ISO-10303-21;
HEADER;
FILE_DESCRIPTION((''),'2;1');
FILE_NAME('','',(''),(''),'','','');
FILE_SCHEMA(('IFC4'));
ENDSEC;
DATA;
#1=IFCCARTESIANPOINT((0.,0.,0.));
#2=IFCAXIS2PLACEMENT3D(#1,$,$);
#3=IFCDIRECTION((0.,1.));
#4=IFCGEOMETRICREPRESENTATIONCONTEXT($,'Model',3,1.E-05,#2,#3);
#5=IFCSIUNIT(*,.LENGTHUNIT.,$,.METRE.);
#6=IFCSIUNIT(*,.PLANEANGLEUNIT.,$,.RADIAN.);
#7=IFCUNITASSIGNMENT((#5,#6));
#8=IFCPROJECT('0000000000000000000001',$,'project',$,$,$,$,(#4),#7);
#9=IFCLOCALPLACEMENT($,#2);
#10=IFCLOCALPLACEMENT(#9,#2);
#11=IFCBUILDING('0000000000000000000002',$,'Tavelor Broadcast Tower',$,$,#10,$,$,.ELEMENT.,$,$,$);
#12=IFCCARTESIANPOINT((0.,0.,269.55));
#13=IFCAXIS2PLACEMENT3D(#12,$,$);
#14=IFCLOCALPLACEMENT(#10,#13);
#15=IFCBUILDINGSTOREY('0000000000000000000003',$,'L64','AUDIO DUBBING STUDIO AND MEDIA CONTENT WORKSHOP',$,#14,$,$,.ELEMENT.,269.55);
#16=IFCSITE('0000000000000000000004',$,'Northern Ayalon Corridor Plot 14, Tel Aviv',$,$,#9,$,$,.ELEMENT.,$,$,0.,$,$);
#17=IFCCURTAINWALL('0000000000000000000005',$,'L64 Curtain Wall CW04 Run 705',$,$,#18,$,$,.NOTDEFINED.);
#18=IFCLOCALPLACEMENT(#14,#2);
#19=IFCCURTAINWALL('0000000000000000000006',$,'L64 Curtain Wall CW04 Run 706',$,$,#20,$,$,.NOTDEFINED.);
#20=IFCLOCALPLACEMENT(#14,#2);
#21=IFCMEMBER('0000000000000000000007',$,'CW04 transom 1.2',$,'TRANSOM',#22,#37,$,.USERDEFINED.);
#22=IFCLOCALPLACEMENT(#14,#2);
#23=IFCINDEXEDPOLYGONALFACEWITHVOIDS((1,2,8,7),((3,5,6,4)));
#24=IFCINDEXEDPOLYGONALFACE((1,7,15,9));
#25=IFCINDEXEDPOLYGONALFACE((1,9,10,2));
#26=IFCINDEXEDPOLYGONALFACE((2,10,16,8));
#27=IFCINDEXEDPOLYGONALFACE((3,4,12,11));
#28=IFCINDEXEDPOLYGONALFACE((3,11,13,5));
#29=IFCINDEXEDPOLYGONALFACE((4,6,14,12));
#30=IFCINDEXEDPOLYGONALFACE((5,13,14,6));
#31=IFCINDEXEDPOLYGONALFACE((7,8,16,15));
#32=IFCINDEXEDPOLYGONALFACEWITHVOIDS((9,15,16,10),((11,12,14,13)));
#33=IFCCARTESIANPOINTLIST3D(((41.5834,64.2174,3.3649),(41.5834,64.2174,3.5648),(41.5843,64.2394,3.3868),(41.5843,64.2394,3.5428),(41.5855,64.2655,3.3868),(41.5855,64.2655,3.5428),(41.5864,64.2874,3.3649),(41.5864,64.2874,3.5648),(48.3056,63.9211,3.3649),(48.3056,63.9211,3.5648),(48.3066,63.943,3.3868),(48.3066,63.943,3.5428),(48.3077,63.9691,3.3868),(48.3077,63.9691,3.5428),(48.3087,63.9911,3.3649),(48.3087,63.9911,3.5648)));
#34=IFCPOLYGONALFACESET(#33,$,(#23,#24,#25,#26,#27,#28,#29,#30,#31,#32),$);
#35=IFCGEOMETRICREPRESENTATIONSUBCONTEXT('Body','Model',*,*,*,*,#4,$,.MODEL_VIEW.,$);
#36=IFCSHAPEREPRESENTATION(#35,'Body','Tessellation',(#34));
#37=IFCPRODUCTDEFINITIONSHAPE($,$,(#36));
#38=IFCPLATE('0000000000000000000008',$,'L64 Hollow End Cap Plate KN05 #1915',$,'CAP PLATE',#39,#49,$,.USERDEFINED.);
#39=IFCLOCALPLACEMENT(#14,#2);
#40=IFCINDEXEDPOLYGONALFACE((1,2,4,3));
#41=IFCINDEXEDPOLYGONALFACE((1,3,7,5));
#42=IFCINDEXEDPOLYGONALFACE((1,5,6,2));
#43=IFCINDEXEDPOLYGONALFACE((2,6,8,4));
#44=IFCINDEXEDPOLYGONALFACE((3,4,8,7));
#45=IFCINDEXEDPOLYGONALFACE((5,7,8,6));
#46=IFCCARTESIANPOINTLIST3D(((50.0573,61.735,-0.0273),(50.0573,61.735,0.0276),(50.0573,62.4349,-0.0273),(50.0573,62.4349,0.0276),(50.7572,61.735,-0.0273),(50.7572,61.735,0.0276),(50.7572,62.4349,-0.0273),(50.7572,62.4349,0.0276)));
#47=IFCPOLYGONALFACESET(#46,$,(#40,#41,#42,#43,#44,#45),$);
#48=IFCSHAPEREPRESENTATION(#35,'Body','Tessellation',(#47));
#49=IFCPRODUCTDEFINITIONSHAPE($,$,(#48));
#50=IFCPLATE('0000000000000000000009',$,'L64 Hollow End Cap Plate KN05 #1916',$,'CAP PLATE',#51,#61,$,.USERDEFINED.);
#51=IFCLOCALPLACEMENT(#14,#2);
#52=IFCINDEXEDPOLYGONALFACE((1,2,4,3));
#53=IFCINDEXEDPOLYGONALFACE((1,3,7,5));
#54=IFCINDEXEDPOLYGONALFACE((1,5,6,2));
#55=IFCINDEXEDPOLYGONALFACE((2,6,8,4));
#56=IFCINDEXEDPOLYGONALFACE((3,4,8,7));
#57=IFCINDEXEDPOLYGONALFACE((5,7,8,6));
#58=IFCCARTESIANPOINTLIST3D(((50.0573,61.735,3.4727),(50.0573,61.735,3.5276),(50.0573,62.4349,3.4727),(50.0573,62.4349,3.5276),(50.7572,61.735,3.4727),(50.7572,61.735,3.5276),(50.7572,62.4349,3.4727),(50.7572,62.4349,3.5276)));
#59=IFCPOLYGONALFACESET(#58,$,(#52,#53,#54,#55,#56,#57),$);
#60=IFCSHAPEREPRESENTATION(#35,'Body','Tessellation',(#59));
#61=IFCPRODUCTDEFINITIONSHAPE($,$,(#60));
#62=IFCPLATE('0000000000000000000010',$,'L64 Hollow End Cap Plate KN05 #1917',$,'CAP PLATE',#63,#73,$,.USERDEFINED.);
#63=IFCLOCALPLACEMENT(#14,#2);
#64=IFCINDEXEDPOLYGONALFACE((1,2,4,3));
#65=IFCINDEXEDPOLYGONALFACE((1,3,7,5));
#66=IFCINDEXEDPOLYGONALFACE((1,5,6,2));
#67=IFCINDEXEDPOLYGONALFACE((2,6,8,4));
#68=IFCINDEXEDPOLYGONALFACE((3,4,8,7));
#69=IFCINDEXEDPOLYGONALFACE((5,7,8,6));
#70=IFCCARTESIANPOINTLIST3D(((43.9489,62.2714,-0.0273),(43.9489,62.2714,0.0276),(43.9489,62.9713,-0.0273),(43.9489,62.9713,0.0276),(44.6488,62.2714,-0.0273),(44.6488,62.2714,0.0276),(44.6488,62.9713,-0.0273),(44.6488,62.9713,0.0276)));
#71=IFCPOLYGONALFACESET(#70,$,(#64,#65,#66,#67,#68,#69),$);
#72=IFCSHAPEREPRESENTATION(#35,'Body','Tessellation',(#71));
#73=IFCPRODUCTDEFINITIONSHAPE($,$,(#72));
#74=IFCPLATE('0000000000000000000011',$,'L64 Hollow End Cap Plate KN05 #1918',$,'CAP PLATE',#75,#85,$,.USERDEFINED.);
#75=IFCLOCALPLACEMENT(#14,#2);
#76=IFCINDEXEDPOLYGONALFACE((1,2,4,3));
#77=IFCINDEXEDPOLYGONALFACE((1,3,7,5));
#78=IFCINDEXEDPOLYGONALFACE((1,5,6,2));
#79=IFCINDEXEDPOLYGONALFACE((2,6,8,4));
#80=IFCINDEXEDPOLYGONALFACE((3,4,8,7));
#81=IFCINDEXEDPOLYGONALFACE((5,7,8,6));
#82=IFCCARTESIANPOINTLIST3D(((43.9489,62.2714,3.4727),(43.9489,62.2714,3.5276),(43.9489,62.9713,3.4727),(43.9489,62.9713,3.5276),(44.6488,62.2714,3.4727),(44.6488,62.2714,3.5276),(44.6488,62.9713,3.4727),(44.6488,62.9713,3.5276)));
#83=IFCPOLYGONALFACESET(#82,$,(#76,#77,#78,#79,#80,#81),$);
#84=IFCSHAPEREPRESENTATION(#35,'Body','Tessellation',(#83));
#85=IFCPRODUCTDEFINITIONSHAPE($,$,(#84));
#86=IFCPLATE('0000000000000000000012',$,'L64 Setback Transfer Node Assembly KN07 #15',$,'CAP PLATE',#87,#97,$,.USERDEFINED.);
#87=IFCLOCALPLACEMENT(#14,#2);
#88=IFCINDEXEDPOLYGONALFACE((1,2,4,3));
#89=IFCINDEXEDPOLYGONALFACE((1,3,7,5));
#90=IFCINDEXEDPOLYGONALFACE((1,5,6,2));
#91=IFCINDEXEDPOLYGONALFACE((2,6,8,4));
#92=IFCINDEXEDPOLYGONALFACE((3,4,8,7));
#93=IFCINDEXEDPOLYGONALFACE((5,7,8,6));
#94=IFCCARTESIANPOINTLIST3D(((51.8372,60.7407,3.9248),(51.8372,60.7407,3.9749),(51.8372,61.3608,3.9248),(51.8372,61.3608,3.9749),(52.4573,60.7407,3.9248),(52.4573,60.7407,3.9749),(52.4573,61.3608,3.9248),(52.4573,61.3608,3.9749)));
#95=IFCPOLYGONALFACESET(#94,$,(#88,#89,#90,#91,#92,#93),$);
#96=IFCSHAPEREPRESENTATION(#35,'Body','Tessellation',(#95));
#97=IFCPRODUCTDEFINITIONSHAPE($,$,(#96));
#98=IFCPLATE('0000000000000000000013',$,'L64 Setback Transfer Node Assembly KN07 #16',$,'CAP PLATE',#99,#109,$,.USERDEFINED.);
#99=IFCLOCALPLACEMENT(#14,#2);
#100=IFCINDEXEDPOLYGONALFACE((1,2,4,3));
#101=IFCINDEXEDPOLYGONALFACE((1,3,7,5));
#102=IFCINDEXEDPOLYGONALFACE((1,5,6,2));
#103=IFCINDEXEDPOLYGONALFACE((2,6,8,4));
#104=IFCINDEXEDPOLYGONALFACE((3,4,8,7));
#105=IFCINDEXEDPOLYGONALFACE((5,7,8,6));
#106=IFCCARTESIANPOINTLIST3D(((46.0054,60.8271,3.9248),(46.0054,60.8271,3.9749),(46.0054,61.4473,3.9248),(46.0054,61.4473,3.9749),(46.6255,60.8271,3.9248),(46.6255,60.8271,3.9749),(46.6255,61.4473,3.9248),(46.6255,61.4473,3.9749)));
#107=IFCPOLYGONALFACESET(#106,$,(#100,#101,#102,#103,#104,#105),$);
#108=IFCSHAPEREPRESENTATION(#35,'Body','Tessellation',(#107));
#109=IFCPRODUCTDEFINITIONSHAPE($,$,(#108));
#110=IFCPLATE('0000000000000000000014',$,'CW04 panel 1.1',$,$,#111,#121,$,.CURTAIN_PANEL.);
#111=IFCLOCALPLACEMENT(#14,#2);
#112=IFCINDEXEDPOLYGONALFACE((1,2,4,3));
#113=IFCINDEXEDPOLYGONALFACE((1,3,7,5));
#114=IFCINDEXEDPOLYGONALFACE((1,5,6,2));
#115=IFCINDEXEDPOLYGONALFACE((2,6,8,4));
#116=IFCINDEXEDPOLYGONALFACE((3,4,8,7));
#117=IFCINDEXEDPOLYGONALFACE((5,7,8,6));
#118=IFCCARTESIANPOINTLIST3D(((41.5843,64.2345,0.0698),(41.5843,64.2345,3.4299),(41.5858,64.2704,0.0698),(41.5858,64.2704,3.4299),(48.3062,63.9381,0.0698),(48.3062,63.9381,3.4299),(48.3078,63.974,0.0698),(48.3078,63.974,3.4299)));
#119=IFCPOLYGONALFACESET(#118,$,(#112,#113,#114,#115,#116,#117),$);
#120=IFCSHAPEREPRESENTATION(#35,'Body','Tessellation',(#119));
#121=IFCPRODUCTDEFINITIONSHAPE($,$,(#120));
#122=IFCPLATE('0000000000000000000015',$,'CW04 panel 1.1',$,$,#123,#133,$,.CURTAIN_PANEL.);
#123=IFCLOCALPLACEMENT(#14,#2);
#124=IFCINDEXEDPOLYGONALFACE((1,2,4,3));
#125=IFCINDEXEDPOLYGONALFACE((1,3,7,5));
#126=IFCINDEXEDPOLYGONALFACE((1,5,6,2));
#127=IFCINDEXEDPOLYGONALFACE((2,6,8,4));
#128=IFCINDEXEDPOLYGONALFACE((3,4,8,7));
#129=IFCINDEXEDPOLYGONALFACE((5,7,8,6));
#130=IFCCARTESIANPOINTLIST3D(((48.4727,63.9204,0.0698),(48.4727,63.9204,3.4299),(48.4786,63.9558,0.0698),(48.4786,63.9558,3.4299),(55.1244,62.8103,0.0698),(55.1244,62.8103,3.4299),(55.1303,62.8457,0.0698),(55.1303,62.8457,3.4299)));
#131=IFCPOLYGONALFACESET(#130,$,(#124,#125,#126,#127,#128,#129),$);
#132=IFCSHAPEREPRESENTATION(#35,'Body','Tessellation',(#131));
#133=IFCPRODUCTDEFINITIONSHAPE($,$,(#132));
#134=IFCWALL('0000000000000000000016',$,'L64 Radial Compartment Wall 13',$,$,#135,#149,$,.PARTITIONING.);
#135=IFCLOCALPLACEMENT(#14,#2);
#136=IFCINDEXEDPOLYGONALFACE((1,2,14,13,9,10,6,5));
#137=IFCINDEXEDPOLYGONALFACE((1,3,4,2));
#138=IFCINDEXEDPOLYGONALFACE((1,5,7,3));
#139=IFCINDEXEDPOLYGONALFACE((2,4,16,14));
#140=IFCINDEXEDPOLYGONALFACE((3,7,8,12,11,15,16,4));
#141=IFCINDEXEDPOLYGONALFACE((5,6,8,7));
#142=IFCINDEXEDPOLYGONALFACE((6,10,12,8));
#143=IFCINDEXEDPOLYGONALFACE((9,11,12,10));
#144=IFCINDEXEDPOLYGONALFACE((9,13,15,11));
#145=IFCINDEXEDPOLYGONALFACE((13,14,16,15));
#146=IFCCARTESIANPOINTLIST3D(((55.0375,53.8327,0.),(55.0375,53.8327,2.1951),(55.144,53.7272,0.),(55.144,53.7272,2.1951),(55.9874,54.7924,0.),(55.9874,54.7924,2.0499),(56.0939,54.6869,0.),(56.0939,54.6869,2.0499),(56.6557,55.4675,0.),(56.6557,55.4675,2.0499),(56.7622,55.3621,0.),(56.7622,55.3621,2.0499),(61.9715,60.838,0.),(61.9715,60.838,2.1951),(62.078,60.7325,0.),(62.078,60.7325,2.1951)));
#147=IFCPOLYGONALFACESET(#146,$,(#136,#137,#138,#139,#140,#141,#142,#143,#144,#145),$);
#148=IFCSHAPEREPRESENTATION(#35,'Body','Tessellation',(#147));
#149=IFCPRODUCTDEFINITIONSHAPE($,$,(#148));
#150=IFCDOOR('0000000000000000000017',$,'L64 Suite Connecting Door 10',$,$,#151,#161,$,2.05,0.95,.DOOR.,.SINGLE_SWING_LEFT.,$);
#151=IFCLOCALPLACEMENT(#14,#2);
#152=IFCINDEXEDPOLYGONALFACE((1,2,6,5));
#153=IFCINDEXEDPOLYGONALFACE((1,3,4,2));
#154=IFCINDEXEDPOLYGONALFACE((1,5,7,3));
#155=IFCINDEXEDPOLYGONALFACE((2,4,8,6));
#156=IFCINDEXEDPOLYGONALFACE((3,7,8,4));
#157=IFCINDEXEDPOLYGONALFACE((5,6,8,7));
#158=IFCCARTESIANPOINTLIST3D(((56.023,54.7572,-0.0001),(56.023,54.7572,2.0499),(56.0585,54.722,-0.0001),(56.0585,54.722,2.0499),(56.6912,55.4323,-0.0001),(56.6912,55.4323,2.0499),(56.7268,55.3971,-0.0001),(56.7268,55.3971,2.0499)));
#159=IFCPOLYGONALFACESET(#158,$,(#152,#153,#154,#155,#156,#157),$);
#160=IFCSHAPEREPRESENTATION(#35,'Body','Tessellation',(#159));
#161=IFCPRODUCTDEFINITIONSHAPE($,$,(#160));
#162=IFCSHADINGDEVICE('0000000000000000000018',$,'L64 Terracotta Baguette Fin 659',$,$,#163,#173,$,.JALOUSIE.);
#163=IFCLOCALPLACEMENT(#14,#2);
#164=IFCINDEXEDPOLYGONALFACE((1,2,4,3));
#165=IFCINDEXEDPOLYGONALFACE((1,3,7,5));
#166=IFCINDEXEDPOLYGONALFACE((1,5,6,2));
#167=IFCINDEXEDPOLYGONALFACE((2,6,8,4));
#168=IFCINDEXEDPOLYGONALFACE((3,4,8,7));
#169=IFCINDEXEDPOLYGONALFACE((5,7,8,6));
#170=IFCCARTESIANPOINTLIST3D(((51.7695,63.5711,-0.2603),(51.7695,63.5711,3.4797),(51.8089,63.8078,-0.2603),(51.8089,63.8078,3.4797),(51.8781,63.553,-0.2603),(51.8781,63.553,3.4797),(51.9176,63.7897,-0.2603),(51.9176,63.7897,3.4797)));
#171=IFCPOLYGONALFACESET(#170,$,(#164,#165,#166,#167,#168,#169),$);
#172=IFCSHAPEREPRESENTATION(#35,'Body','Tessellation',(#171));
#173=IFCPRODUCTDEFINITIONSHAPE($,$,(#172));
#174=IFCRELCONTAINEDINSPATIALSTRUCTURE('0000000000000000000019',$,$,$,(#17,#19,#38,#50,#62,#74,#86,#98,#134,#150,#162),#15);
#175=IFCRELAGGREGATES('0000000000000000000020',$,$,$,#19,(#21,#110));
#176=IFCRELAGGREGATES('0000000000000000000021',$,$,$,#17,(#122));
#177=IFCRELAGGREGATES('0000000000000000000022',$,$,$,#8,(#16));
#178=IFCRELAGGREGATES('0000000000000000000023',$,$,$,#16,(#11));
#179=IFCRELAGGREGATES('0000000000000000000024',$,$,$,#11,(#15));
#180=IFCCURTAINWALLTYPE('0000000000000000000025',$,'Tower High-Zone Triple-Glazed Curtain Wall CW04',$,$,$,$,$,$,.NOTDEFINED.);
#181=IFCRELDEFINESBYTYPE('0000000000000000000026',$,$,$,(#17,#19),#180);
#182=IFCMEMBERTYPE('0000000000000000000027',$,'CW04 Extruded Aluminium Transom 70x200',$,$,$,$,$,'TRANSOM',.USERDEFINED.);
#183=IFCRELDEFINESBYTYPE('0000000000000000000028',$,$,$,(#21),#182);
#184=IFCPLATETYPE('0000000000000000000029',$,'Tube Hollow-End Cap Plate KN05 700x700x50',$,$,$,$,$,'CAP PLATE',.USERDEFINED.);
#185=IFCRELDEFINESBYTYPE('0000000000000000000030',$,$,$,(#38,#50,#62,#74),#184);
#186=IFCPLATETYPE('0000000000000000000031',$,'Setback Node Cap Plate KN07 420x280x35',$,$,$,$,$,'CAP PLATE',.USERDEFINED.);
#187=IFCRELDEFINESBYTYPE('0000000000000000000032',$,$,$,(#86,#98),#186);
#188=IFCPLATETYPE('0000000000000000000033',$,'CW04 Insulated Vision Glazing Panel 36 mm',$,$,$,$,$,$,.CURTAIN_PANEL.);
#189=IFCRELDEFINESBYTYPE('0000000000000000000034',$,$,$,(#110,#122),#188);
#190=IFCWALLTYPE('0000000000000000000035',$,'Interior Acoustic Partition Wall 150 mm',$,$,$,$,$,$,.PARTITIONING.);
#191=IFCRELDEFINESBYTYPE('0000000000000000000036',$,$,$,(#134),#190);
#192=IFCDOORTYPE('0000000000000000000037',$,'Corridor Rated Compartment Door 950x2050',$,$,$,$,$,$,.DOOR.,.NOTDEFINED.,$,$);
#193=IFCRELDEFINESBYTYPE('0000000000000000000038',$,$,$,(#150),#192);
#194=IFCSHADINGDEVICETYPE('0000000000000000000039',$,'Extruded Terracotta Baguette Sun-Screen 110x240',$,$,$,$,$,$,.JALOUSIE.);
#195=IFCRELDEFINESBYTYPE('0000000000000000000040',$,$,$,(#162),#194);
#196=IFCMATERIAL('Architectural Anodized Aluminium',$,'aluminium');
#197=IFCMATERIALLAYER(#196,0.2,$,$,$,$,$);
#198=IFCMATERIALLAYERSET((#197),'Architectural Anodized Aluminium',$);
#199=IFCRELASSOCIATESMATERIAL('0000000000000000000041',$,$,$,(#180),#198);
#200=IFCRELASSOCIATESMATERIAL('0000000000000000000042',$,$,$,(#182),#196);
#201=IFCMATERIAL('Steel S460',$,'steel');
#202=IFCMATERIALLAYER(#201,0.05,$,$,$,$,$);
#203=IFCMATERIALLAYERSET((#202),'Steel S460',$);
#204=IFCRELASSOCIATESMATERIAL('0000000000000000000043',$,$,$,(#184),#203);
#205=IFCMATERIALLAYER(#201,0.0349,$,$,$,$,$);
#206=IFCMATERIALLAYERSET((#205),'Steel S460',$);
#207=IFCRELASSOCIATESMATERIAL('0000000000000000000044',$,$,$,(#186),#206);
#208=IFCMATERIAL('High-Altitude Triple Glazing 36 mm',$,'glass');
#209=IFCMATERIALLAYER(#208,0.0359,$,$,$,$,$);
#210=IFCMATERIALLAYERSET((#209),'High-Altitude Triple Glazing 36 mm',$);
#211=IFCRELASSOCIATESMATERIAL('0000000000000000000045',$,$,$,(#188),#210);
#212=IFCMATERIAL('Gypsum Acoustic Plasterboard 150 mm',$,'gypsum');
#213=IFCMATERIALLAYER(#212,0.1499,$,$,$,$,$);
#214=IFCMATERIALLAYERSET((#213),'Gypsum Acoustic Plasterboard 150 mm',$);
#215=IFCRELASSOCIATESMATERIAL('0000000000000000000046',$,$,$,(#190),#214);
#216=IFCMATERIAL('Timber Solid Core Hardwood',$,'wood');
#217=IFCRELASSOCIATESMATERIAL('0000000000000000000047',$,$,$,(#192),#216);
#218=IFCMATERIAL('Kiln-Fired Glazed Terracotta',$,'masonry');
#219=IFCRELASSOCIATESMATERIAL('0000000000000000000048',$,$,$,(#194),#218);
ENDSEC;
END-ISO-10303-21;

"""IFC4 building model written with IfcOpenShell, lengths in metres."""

from ifc_helpers import new_model, si_unit, direction, frame, frame_2d, origin, origin_2d, place, context, subcontext, project, spatial, rectangle, hollow_rectangle, extrude, source, transform, mapped, material, layer, layer_set, material_profile, profile_set, type_object, type_shapes, element, fill, aggregate, save


model = new_model("IFC4")

# Units and contexts
model_context = context("Model", 3, precision=1e-05, world=origin(), true_north=direction((0.0, 1.0)))
body_context = subcontext(model_context, "Body", "Model", "MODEL_VIEW")
ifc_project = project(units=[si_unit("LENGTHUNIT", "METRE"), si_unit("PLANEANGLEUNIT", "RADIAN")], contexts=[model_context])

# Site, building, storey
site_placement = place(None, origin())
site = spatial("IfcSite", under=ifc_project, at=site_placement, Name="Northern Ayalon Corridor Plot 14, Tel Aviv", CompositionType="ELEMENT", RefElevation=0.0)
building_placement = place(site_placement, origin())
building = spatial("IfcBuilding", under=site, at=building_placement, Name="Tavelor Broadcast Tower", CompositionType="ELEMENT")
storey_placement = place(building_placement, frame((0.0, 0.0, 269.55)))
storey = spatial("IfcBuildingStorey", under=building, at=storey_placement, Name="L64", Description="AUDIO DUBBING STUDIO AND MEDIA CONTENT WORKSHOP", CompositionType="ELEMENT", Elevation=269.55)

# Shared definitions
ifc_material_1 = material(Name="Steel S460", Category="steel")

# Curtain wall
ifc_material_2 = material(Name="Architectural Anodized Aluminium", Category="aluminium")
ifc_layer_1 = layer(ifc_material_2, 0.2)
ifc_layer_set_1 = layer_set([ifc_layer_1], Name="Architectural Anodized Aluminium")
curtain_wall_type = type_object("IfcCurtainWallType", Name="Tower High-Zone Triple-Glazed Curtain Wall CW04", PredefinedType="NOTDEFINED", material=ifc_layer_set_1)
curtain_wall_1_placement = place(storey_placement, origin())
curtain_wall_1 = element("IfcCurtainWall", 1, at=curtain_wall_1_placement, inside=storey, type_object=curtain_wall_type, Name="L64 Curtain Wall CW04 Run 705", PredefinedType="NOTDEFINED")

# Curtain wall, member
curtain_wall_2_placement = place(storey_placement, origin())
curtain_wall_2 = element("IfcCurtainWall", 2, at=curtain_wall_2_placement, inside=storey, type_object=curtain_wall_type, Name="L64 Curtain Wall CW04 Run 706", PredefinedType="NOTDEFINED")
ifc_material_profile_1 = material_profile(ifc_material_2, hollow_rectangle(XDim=0.0701, YDim=0.2, WallThickness=0.022, at=origin_2d()), Name="RHS 70x200x22")
ifc_profile_set_1 = profile_set([ifc_material_profile_1], Name="Architectural Anodized Aluminium")
member_type_1 = type_object("IfcMemberType", Name="CW04 Extruded Aluminium Transom 70x200", ElementType="TRANSOM", PredefinedType="USERDEFINED", material=ifc_profile_set_1)
shared_shape_1 = source(origin(), body_context, "Body", "SweptSolid", [
    extrude(hollow_rectangle(XDim=0.0701, YDim=0.2, WallThickness=0.022, at=origin_2d()), origin(), (0.0, 0.0, 1.0), 6.7288),
])
type_shapes(member_type_1, [shared_shape_1])
member_1_placement = place(storey_placement, frame((48.3071, 63.9561, 3.4648), z_axis=(-0.999029, 0.044048, 0.0), x_axis=(-0.044048, -0.999029, 0.0)))
member_1 = element("IfcMember", 3, at=member_1_placement, type_object=member_type_1, Name="CW04 transom 1.2", ObjectType="TRANSOM", PredefinedType="USERDEFINED", context=body_context, shape_type="MappedRepresentation", body=[
    mapped(shared_shape_1, transform((0.0, 0.0, 0.0), scale=1.0)),
])

# Plates
ifc_layer_2 = layer(ifc_material_1, 0.05)
ifc_layer_set_2 = layer_set([ifc_layer_2], Name="Steel S460")
plate_type_1 = type_object("IfcPlateType", Name="Tube Hollow-End Cap Plate KN05 700x700x50", ElementType="CAP PLATE", PredefinedType="USERDEFINED", material=ifc_layer_set_2)
shared_shape_2 = source(origin(), body_context, "Body", "SweptSolid", [
    extrude(rectangle(XDim=0.7, YDim=0.7, at=origin_2d()), origin(), (0.0, 0.0, 1.0), 0.0549),
])
type_shapes(plate_type_1, [shared_shape_2])
for number, where, z_axis, x_axis, name in (
    (4, (50.4072, 62.085, -0.0273), (0.0, 0.0, 1.0), (1.0, 0.0, 0.0), "L64 Hollow End Cap Plate KN05 #1915"),
    (5, (50.4072, 62.085, 3.4727), (0.0, 0.0, 1.0), (1.0, 0.0, 0.0), "L64 Hollow End Cap Plate KN05 #1916"),
    (6, (44.2988, 62.6213, -0.0273), (0.0, 0.0, 1.0), (1.0, 0.0, 0.0), "L64 Hollow End Cap Plate KN05 #1917"),
    (7, (44.2988, 62.6213, 3.4727), (0.0, 0.0, 1.0), (1.0, 0.0, 0.0), "L64 Hollow End Cap Plate KN05 #1918"),
):
    element("IfcPlate", number, at=place(storey_placement, frame(where, z_axis=z_axis, x_axis=x_axis)), inside=storey, type_object=plate_type_1, Name=name, ObjectType="CAP PLATE", PredefinedType="USERDEFINED", context=body_context, shape_type="MappedRepresentation", body=[
        mapped(shared_shape_2, transform((0.0, 0.0, 0.0), scale=1.0)),
    ])
ifc_layer_3 = layer(ifc_material_1, 0.0349)
ifc_layer_set_3 = layer_set([ifc_layer_3], Name="Steel S460")
plate_type_2 = type_object("IfcPlateType", Name="Setback Node Cap Plate KN07 420x280x35", ElementType="CAP PLATE", PredefinedType="USERDEFINED", material=ifc_layer_set_3)
shared_shape_3 = source(origin(), body_context, "Body", "SweptSolid", [
    extrude(rectangle(XDim=0.6201, YDim=0.6201, at=origin_2d()), origin(), (0.0, 0.0, 1.0), 0.05),
])
type_shapes(plate_type_2, [shared_shape_3])
for number, where, z_axis, x_axis, name in (
    (8, (52.1472, 61.0508, 3.9248), (0.0, 0.0, 1.0), (1.0, 0.0, 0.0), "L64 Setback Transfer Node Assembly KN07 #15"),
    (9, (46.3154, 61.1372, 3.9248), (0.0, 0.0, 1.0), (1.0, 0.0, 0.0), "L64 Setback Transfer Node Assembly KN07 #16"),
):
    element("IfcPlate", number, at=place(storey_placement, frame(where, z_axis=z_axis, x_axis=x_axis)), inside=storey, type_object=plate_type_2, Name=name, ObjectType="CAP PLATE", PredefinedType="USERDEFINED", context=body_context, shape_type="MappedRepresentation", body=[
        mapped(shared_shape_3, transform((0.0, 0.0, 0.0), scale=1.0)),
    ])

# Plates
ifc_material_3 = material(Name="High-Altitude Triple Glazing 36 mm", Category="glass")
ifc_layer_4 = layer(ifc_material_3, 0.0359)
ifc_layer_set_4 = layer_set([ifc_layer_4], Name="High-Altitude Triple Glazing 36 mm")
plate_type_3 = type_object("IfcPlateType", Name="CW04 Insulated Vision Glazing Panel 36 mm", PredefinedType="CURTAIN_PANEL", material=ifc_layer_set_4)
shared_shape_4 = source(origin(), body_context, "Body", "SweptSolid", [
    extrude(rectangle(XDim=6.7285, YDim=0.0359, at=origin_2d()), origin(), (0.0, 0.0, 1.0), 3.3601),
])
plate_1_placement = place(storey_placement, frame((44.946, 64.1042, 0.0698), z_axis=(0.0, 0.0, 1.0), x_axis=(-0.999029, 0.044056, 0.0)))
plate_1 = element("IfcPlate", 10, at=plate_1_placement, type_object=plate_type_3, Name="CW04 panel 1.1", PredefinedType="CURTAIN_PANEL", context=body_context, shape_type="MappedRepresentation", body=[
    mapped(shared_shape_4, transform((0.0, 0.0, 0.0), scale=1.0)),
])
aggregate(curtain_wall_2, [member_1, plate_1])
shared_shape_5 = source(origin(), body_context, "Body", "SweptSolid", [
    extrude(rectangle(XDim=6.7437, YDim=0.0359, at=origin_2d()), origin(), (0.0, 0.0, 1.0), 3.3601),
])
type_shapes(plate_type_3, [shared_shape_4, shared_shape_5])
plate_2_placement = place(storey_placement, frame((51.8015, 63.3831, 0.0698), z_axis=(0.0, 0.0, 1.0), x_axis=(-0.986359, 0.164609, 0.0)))
plate_2 = element("IfcPlate", 11, at=plate_2_placement, type_object=plate_type_3, Name="CW04 panel 1.1", PredefinedType="CURTAIN_PANEL", context=body_context, shape_type="MappedRepresentation", body=[
    mapped(shared_shape_5, transform((0.0, 0.0, 0.0), scale=1.0)),
])
aggregate(curtain_wall_1, [plate_2])

# Wall, opening, door
ifc_material_4 = material(Name="Gypsum Acoustic Plasterboard 150 mm", Category="gypsum")
ifc_layer_5 = layer(ifc_material_4, 0.1499)
ifc_layer_set_5 = layer_set([ifc_layer_5], Name="Gypsum Acoustic Plasterboard 150 mm")
wall_type_1 = type_object("IfcWallType", Name="Interior Acoustic Partition Wall 150 mm", PredefinedType="PARTITIONING", material=ifc_layer_set_5)
wall_1_placement = place(storey_placement, frame((55.0908, 53.78, 0.0), z_axis=(0.0, 0.0, 1.0), x_axis=(0.703481, 0.710714, 0.0)))
wall_1 = element("IfcWall", 12, at=wall_1_placement, inside=storey, type_object=wall_type_1, Name="L64 Radial Compartment Wall 13", PredefinedType="PARTITIONING", context=body_context, shape_type="SweptSolid", body=[
    extrude(rectangle(XDim=9.8567, YDim=0.1499, at=frame_2d((4.9282, 0.0))), origin(), (0.0, 0.0, 1.0), 2.1951),
])
opening_1_placement = place(wall_1_placement, frame((1.3501, 0.0, 0.0)))
opening_1 = element("IfcOpeningElement", 13, at=opening_1_placement, cuts=wall_1, PredefinedType="OPENING", context=body_context, shape_type="SweptSolid", body=[
    extrude(rectangle(XDim=0.95, YDim=2.05, at=frame_2d((0.4751, 1.0249))), frame((0.0, 0.085, 0.0), z_axis=(0.0, -1.0, 0.0), x_axis=(1.0, 0.0, 0.0)), (0.0, 0.0, 1.0), 0.1699),
])
ifc_material_5 = material(Name="Timber Solid Core Hardwood", Category="wood")
door_type_1 = type_object("IfcDoorType", Name="Corridor Rated Compartment Door 950x2050", OperationType="NOTDEFINED", PredefinedType="DOOR", material=ifc_material_5)
door_1_placement = place(opening_1_placement, origin())
door_1 = element("IfcDoor", 14, at=door_1_placement, inside=storey, type_object=door_type_1, Name="L64 Suite Connecting Door 10", OperationType="SINGLE_SWING_LEFT", OverallHeight=2.05, OverallWidth=0.95, PredefinedType="DOOR", context=body_context, shape_type="SweptSolid", body=[
    extrude(rectangle(XDim=0.95, YDim=2.05, at=frame_2d((0.4751, 1.0249))), frame((0.0, 0.0249, 0.0), z_axis=(0.0, -1.0, 0.0), x_axis=(1.0, 0.0, 0.0)), (0.0, 0.0, 1.0), 0.05),
])
fill(opening_1, door_1)

# Shading device
ifc_material_6 = material(Name="Kiln-Fired Glazed Terracotta", Category="masonry")
shading_device_type = type_object("IfcShadingDeviceType", Name="Extruded Terracotta Baguette Sun-Screen 110x240", PredefinedType="JALOUSIE", material=ifc_material_6)
shared_shape_6 = source(origin(), body_context, "Body", "SweptSolid", [
    extrude(rectangle(XDim=0.1101, YDim=0.24, at=origin_2d()), origin(), (0.0, 0.0, 1.0), 3.74),
])
type_shapes(shading_device_type, [shared_shape_6])
shading_device_placement = place(storey_placement, frame((51.8435, 63.6804, -0.2603), z_axis=(0.0, 0.0, 1.0), x_axis=(-0.986372, 0.164531, 0.0)))
element("IfcShadingDevice", 15, at=shading_device_placement, inside=storey, type_object=shading_device_type, Name="L64 Terracotta Baguette Fin 659", PredefinedType="JALOUSIE", context=body_context, shape_type="MappedRepresentation", body=[
    mapped(shared_shape_6, transform((0.0, 0.0, 0.0), scale=1.0)),
])

save(model, "model.ifc")
